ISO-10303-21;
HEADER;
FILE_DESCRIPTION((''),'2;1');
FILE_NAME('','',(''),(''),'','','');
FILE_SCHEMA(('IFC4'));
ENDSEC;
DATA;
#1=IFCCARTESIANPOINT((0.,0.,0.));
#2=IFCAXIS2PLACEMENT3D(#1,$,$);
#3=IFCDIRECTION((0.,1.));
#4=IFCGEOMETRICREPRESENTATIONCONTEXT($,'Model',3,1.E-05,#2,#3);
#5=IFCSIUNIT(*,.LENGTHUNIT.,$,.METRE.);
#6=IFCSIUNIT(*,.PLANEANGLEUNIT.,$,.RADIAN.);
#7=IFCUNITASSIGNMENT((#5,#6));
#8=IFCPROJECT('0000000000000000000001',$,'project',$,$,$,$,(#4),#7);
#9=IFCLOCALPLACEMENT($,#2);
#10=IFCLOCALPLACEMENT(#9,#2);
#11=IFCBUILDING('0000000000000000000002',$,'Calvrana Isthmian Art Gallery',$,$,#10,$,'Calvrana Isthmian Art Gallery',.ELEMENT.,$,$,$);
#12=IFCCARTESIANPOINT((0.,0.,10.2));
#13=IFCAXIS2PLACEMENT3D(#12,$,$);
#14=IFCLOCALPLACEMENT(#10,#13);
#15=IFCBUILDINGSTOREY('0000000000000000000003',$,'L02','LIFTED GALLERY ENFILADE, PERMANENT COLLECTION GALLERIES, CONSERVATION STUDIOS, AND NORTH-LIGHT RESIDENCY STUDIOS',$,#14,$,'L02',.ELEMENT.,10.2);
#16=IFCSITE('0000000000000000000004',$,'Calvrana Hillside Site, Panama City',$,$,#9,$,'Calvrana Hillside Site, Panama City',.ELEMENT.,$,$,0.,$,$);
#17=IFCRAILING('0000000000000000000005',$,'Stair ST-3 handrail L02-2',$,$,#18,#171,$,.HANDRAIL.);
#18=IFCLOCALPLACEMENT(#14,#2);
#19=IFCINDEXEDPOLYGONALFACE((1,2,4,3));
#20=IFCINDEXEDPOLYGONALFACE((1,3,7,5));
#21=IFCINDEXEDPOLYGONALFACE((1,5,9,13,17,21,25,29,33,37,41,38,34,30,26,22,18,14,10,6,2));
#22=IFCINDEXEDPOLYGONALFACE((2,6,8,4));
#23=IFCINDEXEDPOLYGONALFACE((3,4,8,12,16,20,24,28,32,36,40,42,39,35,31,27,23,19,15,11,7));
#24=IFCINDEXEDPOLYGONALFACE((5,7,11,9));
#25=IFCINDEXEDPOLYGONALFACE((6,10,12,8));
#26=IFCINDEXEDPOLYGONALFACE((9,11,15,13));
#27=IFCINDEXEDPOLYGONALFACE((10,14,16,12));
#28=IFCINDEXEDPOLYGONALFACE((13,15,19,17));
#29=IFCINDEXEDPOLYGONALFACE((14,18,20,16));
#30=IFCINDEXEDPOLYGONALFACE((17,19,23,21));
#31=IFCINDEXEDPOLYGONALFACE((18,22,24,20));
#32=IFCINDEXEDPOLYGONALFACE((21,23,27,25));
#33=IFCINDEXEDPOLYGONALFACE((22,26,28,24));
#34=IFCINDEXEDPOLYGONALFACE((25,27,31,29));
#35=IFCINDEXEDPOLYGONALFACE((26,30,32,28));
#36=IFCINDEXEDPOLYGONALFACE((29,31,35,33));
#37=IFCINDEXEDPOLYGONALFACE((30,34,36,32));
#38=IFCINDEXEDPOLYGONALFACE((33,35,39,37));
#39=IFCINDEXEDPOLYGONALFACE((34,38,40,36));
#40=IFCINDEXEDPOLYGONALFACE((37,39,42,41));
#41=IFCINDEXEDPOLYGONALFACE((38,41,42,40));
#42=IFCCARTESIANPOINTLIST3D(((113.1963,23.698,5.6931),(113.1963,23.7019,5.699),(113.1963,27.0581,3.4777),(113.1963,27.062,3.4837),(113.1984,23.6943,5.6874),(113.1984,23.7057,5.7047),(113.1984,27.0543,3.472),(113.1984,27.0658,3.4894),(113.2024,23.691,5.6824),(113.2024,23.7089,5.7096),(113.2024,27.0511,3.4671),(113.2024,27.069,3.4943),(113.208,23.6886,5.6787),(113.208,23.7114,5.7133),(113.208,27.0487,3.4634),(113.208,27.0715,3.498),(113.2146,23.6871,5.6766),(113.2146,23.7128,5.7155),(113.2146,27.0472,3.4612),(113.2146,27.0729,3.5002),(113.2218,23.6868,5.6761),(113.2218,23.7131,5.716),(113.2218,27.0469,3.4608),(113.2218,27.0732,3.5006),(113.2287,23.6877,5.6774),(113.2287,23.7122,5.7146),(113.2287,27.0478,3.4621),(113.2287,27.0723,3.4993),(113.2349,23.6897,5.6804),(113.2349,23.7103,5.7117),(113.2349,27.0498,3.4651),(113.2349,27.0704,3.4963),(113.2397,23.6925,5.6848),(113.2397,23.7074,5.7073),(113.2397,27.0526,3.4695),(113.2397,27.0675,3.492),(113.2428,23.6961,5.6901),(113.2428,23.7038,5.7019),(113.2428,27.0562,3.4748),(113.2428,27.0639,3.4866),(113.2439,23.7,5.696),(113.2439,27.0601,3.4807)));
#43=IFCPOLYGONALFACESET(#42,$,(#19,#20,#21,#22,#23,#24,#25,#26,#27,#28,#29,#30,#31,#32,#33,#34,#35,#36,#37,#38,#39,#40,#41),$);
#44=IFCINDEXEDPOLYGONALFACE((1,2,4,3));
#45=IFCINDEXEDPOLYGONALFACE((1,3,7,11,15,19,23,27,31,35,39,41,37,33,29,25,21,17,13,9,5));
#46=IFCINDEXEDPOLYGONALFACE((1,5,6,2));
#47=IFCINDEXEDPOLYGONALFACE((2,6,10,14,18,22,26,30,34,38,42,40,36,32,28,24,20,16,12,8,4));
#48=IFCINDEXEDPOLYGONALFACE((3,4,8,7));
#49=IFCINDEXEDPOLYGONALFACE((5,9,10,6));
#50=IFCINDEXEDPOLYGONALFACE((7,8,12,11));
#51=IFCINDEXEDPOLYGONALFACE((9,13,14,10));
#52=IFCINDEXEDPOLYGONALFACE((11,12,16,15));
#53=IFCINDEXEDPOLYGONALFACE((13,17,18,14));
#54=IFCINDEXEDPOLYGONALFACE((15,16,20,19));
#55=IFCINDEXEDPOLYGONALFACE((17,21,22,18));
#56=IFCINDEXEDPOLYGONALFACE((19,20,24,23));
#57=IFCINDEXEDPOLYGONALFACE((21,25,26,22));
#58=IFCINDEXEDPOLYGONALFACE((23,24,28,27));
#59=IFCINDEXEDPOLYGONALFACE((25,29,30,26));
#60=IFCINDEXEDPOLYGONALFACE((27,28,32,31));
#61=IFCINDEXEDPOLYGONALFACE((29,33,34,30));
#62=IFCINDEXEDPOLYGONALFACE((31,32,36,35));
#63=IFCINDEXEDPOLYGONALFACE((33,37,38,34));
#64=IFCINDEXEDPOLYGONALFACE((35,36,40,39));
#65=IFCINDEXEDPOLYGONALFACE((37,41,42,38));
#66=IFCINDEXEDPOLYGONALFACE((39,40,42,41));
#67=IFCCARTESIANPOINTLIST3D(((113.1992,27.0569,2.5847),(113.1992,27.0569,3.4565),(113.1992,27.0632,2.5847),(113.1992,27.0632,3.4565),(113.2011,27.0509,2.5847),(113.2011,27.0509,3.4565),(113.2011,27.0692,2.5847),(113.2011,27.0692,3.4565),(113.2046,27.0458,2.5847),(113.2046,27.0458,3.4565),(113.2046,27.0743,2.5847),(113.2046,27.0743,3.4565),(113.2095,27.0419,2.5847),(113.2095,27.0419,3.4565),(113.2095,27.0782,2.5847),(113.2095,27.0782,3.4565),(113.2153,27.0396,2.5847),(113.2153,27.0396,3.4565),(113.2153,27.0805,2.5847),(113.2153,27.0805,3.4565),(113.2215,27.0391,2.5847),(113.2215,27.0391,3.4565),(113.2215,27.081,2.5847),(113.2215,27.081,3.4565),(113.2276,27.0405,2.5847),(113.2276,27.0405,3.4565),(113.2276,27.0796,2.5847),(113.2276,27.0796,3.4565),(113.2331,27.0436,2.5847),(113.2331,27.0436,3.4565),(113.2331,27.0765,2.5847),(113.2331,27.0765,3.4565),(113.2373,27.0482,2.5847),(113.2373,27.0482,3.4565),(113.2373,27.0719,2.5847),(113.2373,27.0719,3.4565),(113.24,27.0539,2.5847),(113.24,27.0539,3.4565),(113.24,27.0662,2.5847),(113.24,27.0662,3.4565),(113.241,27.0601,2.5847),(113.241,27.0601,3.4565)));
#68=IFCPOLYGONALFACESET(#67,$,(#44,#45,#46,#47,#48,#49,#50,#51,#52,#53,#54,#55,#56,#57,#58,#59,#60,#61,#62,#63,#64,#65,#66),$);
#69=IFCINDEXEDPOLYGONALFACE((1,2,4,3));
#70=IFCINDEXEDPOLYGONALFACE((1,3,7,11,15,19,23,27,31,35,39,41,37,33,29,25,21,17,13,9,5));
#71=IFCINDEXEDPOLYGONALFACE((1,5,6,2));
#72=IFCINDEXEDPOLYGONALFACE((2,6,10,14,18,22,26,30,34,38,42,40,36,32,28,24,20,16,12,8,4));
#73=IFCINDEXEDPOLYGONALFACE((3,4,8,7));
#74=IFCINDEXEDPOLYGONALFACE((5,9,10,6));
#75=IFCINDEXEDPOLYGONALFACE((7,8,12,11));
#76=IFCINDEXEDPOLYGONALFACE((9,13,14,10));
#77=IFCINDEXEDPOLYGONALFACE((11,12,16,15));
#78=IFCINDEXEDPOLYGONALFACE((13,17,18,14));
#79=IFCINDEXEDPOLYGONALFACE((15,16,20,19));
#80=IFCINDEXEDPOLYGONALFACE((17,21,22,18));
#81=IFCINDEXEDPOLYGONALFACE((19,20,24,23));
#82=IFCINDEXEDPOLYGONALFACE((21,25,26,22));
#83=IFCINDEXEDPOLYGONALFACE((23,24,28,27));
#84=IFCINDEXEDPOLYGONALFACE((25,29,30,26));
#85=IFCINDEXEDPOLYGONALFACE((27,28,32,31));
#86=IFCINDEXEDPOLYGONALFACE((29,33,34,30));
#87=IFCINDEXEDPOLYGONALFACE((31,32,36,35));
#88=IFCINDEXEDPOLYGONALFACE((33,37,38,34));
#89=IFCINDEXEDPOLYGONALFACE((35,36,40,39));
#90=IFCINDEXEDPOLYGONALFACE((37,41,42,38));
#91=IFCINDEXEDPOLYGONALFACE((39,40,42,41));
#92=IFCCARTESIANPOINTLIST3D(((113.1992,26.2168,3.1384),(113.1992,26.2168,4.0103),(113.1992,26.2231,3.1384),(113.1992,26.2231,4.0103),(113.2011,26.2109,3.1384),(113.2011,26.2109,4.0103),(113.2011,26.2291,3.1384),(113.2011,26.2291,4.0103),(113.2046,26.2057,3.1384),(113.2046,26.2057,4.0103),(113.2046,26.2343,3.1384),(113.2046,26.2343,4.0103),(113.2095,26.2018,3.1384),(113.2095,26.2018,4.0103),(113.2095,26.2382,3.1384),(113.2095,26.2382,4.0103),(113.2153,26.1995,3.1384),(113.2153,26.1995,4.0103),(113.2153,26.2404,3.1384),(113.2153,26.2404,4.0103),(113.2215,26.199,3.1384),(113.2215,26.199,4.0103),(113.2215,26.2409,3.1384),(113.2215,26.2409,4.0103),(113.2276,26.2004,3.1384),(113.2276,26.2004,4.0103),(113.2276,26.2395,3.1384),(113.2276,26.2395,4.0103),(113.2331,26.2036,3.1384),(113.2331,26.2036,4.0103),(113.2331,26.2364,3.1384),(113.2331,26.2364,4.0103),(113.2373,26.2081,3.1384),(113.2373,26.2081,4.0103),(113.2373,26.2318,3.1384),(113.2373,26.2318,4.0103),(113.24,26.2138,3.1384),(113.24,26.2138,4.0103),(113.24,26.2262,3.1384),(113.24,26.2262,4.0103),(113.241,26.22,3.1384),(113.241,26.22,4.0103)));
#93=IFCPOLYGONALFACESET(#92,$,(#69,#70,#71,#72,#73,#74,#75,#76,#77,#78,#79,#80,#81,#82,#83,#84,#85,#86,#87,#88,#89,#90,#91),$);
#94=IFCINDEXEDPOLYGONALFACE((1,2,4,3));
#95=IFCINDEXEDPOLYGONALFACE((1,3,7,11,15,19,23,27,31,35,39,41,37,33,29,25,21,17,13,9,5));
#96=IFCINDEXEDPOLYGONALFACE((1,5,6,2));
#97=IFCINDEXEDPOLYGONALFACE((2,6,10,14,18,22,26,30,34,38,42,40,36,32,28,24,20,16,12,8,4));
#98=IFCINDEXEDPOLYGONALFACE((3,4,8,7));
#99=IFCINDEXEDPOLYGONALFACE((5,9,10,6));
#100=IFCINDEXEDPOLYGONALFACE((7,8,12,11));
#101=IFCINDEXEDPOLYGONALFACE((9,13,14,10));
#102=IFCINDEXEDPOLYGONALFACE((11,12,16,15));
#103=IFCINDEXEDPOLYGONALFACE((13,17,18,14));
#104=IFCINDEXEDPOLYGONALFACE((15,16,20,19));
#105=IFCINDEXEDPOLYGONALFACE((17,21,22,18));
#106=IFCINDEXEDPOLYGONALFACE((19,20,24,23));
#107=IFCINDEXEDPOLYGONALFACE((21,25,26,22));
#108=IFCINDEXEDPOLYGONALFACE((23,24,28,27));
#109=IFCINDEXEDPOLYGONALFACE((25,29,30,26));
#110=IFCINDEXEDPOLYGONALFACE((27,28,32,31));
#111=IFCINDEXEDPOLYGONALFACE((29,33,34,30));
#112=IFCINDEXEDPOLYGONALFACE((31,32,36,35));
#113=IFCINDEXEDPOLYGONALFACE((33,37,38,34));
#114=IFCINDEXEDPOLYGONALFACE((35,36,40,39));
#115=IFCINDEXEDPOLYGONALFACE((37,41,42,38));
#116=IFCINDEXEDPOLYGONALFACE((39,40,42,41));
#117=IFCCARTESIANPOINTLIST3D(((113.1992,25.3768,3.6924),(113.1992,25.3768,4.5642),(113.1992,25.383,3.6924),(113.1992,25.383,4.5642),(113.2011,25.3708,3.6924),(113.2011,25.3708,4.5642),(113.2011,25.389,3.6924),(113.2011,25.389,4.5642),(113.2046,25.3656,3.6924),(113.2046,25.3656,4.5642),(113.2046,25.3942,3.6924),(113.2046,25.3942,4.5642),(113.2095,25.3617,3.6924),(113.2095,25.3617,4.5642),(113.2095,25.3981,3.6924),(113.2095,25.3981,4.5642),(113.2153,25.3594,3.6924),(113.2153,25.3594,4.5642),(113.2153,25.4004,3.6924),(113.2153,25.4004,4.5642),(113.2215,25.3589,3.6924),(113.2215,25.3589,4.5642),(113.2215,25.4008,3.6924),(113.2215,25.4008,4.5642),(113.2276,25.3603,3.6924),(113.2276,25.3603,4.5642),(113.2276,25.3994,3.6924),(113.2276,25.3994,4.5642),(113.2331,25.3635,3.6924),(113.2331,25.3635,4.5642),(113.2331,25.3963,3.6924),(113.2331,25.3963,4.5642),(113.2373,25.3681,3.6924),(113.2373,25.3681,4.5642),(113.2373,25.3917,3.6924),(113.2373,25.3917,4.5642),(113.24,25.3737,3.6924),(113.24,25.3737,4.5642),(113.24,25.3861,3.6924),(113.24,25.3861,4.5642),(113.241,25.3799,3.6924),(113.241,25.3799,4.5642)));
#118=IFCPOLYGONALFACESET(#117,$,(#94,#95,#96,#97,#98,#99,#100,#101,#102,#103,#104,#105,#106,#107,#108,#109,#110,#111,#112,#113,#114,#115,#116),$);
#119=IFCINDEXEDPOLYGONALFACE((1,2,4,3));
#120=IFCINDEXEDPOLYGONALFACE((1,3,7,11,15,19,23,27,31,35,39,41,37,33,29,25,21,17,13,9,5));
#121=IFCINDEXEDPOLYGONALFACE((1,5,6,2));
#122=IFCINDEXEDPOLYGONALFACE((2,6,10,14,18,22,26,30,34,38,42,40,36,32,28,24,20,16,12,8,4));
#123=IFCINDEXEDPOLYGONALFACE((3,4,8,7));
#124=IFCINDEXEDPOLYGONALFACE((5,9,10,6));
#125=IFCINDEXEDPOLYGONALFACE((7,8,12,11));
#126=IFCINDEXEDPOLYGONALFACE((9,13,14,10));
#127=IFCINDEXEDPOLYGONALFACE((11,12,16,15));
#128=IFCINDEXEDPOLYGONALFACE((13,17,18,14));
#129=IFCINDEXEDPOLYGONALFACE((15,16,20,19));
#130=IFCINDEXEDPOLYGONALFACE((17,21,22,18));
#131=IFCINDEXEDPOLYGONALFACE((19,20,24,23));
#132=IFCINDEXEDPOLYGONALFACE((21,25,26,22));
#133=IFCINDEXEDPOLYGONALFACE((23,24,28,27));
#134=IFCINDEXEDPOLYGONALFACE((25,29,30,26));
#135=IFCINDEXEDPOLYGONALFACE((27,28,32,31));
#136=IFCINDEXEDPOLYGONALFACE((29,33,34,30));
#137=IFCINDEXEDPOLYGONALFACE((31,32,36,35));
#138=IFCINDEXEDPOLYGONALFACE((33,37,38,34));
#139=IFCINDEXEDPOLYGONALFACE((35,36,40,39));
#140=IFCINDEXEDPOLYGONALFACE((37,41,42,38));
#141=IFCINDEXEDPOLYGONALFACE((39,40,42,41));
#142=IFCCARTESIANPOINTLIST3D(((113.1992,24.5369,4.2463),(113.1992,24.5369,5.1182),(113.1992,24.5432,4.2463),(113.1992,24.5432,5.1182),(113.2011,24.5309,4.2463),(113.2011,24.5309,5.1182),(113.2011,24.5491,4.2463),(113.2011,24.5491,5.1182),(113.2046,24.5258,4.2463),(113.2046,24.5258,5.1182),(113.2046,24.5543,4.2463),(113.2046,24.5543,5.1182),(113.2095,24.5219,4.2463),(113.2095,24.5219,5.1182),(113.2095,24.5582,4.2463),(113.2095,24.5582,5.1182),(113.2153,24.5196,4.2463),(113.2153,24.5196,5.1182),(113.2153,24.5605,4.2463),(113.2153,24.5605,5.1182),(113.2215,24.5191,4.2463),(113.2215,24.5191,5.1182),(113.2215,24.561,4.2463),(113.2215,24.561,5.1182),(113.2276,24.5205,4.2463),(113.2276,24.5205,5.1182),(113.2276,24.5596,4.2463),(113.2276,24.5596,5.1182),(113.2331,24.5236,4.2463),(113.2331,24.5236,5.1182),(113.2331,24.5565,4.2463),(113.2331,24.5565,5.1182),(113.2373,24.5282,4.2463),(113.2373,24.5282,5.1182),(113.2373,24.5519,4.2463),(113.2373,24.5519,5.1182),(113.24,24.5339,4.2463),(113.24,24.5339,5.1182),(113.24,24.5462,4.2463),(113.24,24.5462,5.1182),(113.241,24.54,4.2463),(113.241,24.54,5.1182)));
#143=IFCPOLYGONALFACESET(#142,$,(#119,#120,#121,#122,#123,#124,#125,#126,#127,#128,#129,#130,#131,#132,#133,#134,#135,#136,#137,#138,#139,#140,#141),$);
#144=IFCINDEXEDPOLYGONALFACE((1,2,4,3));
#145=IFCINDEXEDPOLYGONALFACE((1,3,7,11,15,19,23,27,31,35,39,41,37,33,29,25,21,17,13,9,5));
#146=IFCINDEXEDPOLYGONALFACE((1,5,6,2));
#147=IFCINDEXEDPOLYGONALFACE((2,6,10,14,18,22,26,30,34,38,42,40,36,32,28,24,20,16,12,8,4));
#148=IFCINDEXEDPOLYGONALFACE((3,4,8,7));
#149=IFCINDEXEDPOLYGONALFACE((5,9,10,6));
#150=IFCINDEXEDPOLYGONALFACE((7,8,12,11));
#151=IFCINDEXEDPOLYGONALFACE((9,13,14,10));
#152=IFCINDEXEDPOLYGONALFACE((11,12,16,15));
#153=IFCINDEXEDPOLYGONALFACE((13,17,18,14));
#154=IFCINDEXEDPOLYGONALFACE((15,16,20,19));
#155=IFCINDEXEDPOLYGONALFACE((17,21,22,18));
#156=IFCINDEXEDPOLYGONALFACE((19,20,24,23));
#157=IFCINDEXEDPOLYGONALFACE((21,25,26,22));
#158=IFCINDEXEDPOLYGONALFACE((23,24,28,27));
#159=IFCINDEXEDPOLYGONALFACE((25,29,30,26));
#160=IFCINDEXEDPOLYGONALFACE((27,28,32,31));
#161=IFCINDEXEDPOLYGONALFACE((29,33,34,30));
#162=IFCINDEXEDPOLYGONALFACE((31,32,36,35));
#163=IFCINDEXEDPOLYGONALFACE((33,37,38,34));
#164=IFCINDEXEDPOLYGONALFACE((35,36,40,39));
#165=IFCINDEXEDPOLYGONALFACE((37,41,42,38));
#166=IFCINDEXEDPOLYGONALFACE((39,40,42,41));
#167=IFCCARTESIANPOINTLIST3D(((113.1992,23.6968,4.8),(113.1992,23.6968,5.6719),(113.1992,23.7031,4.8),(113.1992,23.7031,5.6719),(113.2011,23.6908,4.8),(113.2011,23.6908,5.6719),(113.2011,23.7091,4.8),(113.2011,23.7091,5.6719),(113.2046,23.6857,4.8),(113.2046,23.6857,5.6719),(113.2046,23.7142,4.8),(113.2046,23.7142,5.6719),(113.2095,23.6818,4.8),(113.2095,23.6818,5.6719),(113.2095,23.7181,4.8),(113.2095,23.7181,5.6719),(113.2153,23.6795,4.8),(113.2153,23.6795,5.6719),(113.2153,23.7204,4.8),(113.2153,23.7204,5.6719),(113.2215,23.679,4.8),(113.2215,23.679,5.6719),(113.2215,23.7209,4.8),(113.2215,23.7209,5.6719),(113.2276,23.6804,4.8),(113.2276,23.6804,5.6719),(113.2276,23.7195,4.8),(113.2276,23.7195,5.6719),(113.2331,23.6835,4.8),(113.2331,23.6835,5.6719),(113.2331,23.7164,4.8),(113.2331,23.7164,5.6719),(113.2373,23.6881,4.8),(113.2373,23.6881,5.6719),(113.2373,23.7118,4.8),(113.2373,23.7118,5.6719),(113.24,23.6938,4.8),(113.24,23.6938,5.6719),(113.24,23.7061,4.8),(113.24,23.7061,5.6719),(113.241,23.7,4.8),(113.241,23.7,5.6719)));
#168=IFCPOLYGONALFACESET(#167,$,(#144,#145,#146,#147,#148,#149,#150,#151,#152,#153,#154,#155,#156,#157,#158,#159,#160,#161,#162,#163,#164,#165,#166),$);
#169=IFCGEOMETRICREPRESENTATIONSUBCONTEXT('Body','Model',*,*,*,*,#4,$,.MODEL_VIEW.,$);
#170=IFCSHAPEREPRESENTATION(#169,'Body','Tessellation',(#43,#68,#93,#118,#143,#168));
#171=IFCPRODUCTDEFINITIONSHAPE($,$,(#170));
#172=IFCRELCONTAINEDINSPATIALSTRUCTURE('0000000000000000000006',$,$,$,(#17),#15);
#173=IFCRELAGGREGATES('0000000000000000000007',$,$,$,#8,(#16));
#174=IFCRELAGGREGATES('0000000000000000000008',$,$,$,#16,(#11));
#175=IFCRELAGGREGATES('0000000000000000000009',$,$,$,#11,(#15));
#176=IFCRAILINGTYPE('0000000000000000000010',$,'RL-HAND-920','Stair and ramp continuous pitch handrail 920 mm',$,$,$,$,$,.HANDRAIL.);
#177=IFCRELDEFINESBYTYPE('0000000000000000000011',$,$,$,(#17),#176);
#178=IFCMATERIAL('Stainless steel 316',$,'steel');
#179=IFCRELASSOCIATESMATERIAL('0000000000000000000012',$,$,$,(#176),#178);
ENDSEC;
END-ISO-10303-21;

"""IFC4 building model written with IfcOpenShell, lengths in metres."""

from ifc_helpers import new_model, si_unit, direction, frame, origin, origin_2d, place, context, subcontext, project, spatial, circle, extrude, material, type_object, element, save


model = new_model("IFC4")

# Units and contexts
model_context = context("Model", 3, precision=1e-05, world=origin(), true_north=direction((0.0, 1.0)))
body_context = subcontext(model_context, "Body", "Model", "MODEL_VIEW")
ifc_project = project(units=[si_unit("LENGTHUNIT", "METRE"), si_unit("PLANEANGLEUNIT", "RADIAN")], contexts=[model_context])

# Site, building, storey
site_placement = place(None, origin())
site = spatial("IfcSite", under=ifc_project, at=site_placement, Name="Calvrana Hillside Site, Panama City", LongName="Calvrana Hillside Site, Panama City", CompositionType="ELEMENT", RefElevation=0.0)
building_placement = place(site_placement, origin())
building = spatial("IfcBuilding", under=site, at=building_placement, Name="Calvrana Isthmian Art Gallery", LongName="Calvrana Isthmian Art Gallery", CompositionType="ELEMENT")
storey_placement = place(building_placement, frame((0.0, 0.0, 10.2)))
storey = spatial("IfcBuildingStorey", under=building, at=storey_placement, Name="L02", Description="LIFTED GALLERY ENFILADE, PERMANENT COLLECTION GALLERIES, CONSERVATION STUDIOS, AND NORTH-LIGHT RESIDENCY STUDIOS", LongName="L02", CompositionType="ELEMENT", Elevation=10.2)

# Shared definitions
ifc_material_1 = material(Name="Stainless steel 316", Category="steel")

# Railing
railing_type_1 = type_object("IfcRailingType", Name="RL-HAND-920", Description="Stair and ramp continuous pitch handrail 920 mm", PredefinedType="HANDRAIL", material=ifc_material_1)
railing_1_placement = place(storey_placement, frame((113.22, 27.0601, 2.5847)))
element("IfcRailing", 1, at=railing_1_placement, inside=storey, type_object=railing_type_1, Name="Stair ST-3 handrail L02-2", PredefinedType="HANDRAIL", context=body_context, shape_type="SweptSolid", body=[
    extrude(circle(Radius=0.0239, at=origin_2d()), frame((0.0, 0.0, 0.896), z_axis=(0.0, -0.834876, 0.550437), x_axis=(1.0, 0.0, 0.0)), (0.0, 0.0, 1.0), 4.0247),
    extrude(circle(Radius=0.021, at=origin_2d()), origin(), (0.0, 0.0, 1.0), 0.8718),
    extrude(circle(Radius=0.021, at=origin_2d()), frame((0.0, -0.8401, 0.5537)), (0.0, 0.0, 1.0), 0.8718),
    extrude(circle(Radius=0.021, at=origin_2d()), frame((0.0, -1.6802, 1.1077)), (0.0, 0.0, 1.0), 0.8718),
    extrude(circle(Radius=0.021, at=origin_2d()), frame((0.0, -2.52, 1.6616)), (0.0, 0.0, 1.0), 0.8718),
    extrude(circle(Radius=0.021, at=origin_2d()), frame((0.0, -3.3601, 2.2153)), (0.0, 0.0, 1.0), 0.8718),
])

save(model, "model.ifc")
